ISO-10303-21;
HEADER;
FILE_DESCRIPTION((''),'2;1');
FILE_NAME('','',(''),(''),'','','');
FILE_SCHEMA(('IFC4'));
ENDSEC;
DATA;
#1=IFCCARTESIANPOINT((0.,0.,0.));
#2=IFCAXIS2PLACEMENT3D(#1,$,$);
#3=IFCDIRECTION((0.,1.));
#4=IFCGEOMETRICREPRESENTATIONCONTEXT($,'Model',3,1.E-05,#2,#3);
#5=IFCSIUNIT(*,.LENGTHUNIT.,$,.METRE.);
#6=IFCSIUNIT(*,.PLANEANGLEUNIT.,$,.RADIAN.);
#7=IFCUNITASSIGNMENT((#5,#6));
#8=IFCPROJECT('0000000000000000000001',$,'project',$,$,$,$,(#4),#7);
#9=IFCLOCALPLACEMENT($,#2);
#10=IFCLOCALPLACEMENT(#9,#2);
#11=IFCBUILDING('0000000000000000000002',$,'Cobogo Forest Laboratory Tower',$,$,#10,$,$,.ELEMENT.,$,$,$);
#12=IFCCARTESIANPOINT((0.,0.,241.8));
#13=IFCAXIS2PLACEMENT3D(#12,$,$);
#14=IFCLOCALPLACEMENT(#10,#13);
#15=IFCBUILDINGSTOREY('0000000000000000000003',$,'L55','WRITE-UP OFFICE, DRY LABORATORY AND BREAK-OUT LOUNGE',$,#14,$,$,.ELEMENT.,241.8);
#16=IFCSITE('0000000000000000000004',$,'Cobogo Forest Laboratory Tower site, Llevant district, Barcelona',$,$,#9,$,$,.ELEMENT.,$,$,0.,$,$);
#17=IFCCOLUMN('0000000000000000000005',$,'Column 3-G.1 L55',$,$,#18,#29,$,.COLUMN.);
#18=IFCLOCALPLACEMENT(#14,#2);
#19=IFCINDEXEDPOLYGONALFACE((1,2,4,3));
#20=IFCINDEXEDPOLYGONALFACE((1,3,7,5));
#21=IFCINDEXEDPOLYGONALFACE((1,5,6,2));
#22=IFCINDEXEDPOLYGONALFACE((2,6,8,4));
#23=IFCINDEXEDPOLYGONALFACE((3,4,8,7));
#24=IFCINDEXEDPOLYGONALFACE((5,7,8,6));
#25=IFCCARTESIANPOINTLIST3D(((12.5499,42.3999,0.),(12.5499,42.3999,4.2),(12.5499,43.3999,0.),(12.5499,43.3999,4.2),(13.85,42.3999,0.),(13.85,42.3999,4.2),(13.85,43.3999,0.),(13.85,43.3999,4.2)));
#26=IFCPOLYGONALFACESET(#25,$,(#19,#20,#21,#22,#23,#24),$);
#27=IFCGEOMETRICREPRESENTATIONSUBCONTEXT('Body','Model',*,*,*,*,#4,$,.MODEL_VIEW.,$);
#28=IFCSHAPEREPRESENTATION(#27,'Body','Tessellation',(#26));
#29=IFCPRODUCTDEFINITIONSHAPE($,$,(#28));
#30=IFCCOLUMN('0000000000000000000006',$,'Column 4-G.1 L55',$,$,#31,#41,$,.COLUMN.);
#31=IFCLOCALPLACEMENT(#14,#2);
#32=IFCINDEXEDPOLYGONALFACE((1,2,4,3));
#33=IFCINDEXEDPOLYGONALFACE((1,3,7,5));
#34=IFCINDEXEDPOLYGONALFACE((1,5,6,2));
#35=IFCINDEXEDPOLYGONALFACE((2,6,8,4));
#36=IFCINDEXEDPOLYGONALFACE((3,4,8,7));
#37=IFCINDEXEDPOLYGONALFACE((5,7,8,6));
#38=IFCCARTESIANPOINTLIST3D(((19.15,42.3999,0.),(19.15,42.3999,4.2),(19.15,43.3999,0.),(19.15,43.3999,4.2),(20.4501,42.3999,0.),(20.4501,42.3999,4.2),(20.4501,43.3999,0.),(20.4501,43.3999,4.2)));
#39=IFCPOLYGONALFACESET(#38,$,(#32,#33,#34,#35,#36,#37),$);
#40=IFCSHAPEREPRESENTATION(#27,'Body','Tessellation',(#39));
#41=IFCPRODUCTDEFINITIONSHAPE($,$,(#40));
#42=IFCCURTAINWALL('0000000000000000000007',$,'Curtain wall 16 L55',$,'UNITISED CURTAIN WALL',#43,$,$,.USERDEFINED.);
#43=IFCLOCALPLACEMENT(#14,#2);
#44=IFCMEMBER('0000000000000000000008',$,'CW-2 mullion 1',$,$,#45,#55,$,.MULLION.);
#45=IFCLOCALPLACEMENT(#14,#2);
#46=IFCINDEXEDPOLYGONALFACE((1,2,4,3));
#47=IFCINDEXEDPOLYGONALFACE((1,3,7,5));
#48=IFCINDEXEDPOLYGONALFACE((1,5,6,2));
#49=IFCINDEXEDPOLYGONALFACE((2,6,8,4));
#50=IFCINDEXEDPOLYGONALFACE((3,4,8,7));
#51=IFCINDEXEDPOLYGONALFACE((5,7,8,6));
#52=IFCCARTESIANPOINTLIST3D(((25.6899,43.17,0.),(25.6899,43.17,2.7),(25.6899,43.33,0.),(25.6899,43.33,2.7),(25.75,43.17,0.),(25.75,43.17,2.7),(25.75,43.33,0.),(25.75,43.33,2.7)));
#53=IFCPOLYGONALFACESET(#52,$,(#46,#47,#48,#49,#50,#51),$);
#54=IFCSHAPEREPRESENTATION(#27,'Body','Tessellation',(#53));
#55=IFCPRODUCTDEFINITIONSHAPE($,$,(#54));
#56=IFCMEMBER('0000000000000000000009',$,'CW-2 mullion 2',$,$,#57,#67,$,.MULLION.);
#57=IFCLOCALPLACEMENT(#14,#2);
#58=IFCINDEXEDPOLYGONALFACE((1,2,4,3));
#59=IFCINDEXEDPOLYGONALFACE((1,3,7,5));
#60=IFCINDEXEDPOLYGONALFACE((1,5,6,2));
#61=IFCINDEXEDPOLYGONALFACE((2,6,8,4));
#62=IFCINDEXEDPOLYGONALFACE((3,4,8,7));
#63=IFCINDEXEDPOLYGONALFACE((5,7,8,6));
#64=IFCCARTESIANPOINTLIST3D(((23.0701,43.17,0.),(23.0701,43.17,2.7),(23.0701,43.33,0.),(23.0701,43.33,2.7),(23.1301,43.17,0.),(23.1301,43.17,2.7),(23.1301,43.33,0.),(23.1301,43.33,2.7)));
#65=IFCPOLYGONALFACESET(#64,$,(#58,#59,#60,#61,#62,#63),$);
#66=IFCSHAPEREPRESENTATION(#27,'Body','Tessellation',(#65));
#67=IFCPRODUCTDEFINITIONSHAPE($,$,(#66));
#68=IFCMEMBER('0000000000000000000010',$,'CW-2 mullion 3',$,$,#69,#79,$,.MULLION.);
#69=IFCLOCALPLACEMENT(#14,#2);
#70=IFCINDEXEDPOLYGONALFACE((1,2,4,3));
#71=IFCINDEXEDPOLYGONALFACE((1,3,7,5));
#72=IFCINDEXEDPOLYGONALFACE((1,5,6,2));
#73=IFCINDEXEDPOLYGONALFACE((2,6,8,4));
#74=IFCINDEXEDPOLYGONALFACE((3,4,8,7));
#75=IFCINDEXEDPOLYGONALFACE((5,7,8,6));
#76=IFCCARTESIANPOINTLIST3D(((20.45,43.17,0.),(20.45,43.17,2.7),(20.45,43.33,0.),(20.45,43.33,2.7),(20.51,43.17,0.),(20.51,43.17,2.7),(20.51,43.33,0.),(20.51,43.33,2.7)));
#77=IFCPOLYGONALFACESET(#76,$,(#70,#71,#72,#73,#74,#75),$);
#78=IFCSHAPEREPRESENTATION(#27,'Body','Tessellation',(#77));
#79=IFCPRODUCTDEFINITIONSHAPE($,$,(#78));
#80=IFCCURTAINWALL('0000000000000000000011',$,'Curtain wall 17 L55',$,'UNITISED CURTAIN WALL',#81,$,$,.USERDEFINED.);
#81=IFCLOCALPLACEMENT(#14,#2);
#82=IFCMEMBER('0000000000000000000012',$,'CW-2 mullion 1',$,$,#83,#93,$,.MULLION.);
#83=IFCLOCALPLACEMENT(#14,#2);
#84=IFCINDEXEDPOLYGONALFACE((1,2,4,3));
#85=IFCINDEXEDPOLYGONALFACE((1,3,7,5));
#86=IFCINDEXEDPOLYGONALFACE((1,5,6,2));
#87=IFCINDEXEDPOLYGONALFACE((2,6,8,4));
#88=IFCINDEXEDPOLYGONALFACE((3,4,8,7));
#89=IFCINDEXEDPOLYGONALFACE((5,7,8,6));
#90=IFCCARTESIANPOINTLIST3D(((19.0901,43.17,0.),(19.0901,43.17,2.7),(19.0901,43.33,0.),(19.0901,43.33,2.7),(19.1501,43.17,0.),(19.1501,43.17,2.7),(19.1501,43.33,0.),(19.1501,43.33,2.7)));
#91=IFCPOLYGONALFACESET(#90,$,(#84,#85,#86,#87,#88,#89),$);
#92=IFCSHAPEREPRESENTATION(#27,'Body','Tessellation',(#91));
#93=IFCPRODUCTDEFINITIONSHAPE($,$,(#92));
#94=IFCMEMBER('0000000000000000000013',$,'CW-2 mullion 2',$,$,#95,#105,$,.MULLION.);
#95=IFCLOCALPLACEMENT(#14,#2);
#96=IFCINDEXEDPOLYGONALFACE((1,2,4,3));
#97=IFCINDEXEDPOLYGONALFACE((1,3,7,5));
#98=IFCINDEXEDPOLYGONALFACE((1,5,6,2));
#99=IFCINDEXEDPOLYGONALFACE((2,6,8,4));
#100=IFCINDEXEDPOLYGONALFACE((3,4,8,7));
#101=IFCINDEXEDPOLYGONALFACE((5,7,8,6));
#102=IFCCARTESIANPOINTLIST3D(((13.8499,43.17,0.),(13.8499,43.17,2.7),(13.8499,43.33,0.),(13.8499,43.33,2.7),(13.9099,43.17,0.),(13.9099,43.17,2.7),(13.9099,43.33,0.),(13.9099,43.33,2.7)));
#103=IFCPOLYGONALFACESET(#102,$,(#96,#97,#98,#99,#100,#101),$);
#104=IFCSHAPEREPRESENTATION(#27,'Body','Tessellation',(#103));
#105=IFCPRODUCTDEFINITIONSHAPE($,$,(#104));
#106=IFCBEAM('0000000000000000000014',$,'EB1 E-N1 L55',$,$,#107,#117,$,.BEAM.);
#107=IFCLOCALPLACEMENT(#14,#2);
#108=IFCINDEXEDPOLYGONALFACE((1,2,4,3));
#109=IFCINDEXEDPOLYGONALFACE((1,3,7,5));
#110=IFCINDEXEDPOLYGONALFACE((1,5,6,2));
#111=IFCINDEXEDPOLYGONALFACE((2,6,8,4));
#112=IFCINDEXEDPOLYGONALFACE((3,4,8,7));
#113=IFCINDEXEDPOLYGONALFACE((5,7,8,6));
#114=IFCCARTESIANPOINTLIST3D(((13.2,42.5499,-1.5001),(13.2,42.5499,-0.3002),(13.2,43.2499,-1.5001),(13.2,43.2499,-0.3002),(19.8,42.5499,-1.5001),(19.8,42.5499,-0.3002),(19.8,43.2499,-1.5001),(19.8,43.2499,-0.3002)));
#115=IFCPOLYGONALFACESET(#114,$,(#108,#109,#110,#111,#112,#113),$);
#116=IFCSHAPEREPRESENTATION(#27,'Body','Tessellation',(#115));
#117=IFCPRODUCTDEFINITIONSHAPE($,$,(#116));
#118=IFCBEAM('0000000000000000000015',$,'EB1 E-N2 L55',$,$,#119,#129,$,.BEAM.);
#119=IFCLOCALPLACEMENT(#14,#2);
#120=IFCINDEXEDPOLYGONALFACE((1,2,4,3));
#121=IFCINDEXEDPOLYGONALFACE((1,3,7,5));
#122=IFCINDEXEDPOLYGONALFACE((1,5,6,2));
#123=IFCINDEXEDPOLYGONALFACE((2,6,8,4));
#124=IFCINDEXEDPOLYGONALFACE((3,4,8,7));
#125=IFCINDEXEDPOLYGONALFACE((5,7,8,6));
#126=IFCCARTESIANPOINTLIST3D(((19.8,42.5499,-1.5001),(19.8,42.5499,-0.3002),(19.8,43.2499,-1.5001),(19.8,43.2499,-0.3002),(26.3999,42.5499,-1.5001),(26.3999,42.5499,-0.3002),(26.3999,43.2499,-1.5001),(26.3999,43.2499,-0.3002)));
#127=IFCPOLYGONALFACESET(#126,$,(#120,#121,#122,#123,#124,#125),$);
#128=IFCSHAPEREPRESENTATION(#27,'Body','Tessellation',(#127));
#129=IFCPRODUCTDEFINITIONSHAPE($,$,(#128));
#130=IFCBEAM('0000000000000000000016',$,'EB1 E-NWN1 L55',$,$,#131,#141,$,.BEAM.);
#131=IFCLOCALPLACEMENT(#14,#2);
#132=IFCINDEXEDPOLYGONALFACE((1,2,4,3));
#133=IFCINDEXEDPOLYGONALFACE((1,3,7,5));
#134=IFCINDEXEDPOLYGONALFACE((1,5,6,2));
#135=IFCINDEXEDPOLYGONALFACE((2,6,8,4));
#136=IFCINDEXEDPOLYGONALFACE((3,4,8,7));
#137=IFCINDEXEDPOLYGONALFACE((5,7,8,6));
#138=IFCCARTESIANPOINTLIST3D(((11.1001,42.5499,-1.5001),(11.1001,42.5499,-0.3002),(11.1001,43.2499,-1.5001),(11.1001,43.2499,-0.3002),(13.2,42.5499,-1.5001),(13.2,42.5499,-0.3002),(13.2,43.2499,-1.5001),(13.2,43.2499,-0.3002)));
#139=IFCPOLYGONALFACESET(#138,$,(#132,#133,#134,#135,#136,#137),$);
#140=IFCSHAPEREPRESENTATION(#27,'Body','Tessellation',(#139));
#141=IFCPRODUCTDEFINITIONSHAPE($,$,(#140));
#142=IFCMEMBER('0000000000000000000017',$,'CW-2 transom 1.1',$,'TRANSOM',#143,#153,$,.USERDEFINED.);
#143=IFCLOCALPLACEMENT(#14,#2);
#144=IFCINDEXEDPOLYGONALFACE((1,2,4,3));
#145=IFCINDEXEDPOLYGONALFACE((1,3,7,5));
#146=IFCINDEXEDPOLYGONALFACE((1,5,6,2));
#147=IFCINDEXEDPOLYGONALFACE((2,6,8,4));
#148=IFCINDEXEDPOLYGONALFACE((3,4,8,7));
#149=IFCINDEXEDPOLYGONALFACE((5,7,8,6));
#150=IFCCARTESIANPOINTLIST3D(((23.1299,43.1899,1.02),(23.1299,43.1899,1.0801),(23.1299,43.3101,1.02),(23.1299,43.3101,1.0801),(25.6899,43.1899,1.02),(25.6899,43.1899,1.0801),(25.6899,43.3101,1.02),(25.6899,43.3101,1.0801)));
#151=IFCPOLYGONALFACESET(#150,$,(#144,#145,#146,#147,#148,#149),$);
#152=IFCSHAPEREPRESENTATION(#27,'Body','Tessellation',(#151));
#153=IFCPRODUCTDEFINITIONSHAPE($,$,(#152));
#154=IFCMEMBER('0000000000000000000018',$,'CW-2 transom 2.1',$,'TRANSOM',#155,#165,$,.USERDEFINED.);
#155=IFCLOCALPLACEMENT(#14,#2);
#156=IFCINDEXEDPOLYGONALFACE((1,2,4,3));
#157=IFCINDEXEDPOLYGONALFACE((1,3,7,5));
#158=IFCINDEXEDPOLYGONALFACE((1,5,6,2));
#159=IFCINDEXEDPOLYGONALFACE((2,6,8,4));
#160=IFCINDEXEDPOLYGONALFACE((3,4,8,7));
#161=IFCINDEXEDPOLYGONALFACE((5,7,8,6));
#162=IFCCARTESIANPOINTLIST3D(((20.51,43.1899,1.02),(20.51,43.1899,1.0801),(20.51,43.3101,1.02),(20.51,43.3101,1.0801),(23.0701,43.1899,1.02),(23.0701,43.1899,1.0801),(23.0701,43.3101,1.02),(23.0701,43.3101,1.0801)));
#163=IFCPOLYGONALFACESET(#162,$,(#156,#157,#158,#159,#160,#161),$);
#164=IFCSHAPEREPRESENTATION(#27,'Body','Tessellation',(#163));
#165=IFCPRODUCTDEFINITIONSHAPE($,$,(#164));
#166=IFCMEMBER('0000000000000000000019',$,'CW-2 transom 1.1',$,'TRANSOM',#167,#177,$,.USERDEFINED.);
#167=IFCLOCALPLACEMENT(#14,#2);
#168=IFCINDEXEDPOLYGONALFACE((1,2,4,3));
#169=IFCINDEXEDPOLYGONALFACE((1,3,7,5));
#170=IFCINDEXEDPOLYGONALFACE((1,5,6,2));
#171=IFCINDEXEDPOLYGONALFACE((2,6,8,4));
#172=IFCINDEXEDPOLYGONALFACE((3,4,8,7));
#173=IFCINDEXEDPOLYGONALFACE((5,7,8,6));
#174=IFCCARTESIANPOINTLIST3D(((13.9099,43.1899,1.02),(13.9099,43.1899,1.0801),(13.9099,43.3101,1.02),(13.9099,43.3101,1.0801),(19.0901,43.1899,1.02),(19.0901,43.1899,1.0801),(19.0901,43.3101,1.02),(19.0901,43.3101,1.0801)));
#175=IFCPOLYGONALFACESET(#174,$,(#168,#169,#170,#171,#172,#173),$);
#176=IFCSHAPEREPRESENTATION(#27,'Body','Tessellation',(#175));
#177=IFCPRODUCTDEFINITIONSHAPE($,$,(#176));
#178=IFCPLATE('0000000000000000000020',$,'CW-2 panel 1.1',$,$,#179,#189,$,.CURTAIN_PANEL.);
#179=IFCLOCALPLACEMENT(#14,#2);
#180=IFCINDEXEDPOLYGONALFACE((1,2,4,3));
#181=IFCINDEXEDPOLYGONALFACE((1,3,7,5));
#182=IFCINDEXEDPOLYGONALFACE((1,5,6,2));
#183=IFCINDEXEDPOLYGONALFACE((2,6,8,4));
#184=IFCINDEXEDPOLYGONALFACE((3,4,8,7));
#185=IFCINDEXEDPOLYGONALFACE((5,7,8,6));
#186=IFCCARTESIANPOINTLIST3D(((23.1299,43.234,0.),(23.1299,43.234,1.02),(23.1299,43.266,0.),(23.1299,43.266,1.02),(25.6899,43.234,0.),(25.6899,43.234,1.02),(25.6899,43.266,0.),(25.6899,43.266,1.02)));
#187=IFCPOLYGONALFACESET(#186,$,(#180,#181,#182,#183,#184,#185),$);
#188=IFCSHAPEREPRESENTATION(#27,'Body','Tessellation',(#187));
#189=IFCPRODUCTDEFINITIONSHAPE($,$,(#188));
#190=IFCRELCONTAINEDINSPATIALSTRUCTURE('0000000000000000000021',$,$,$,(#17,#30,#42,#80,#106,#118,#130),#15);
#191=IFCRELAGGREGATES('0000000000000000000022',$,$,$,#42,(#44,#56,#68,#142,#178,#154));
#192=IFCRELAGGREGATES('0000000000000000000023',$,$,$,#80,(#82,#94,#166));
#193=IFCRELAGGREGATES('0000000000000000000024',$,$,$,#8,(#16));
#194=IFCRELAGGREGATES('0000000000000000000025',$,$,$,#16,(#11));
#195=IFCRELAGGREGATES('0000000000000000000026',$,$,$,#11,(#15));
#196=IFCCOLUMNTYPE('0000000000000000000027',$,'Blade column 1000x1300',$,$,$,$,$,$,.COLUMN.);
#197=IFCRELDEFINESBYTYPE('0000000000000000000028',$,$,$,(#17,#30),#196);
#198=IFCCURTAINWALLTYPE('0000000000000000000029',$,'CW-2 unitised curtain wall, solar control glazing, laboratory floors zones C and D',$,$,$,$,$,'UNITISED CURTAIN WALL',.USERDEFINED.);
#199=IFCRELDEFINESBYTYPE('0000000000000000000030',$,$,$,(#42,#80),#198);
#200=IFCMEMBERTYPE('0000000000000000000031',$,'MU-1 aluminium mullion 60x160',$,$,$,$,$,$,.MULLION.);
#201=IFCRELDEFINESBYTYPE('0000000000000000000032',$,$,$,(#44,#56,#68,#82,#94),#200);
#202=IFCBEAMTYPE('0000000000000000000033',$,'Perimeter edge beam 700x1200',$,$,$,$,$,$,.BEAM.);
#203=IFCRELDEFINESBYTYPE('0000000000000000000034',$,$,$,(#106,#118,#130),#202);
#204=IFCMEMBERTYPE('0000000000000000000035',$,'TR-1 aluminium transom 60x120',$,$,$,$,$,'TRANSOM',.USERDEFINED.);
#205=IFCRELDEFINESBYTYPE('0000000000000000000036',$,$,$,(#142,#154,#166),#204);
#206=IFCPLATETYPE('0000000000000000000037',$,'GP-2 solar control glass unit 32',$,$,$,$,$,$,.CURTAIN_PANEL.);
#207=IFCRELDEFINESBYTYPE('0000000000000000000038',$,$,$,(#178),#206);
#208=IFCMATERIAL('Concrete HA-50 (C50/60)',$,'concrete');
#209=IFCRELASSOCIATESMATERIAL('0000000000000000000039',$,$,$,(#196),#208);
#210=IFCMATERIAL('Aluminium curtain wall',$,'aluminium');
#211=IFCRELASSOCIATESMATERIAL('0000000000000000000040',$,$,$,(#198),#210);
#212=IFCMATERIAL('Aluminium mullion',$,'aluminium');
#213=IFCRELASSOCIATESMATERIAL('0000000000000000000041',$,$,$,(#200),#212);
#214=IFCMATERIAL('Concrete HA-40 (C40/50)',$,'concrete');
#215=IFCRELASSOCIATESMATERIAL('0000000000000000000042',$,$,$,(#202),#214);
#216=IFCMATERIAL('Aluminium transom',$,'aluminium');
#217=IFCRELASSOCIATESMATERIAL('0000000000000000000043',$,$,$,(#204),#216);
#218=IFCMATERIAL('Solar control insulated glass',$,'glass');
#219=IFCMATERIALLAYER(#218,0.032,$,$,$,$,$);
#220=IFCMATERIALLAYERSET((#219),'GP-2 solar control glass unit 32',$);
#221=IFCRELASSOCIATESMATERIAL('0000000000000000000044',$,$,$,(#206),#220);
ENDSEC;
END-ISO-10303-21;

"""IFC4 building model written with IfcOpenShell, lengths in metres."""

from ifc_helpers import new_model, si_unit, direction, frame, origin, origin_2d, place, context, subcontext, project, spatial, rectangle, extrude, material, layer, layer_set, material_profile, profile_set, type_object, element, aggregate, save


model = new_model("IFC4")

# Units and contexts
model_context = context("Model", 3, precision=1e-05, world=origin(), true_north=direction((0.0, 1.0)))
body_context = subcontext(model_context, "Body", "Model", "MODEL_VIEW")
ifc_project = project(units=[si_unit("LENGTHUNIT", "METRE"), si_unit("PLANEANGLEUNIT", "RADIAN")], contexts=[model_context])

# Site, building, storey
site_placement = place(None, origin())
site = spatial("IfcSite", under=ifc_project, at=site_placement, Name="Cobogo Forest Laboratory Tower site, Llevant district, Barcelona", CompositionType="ELEMENT", RefElevation=0.0)
building_placement = place(site_placement, origin())
building = spatial("IfcBuilding", under=site, at=building_placement, Name="Cobogo Forest Laboratory Tower", CompositionType="ELEMENT")
storey_placement = place(building_placement, frame((0.0, 0.0, 241.8)))
storey = spatial("IfcBuildingStorey", under=building, at=storey_placement, Name="L55", Description="WRITE-UP OFFICE, DRY LABORATORY AND BREAK-OUT LOUNGE", CompositionType="ELEMENT", Elevation=241.8)

# Columns
ifc_material_1 = material(Name="Concrete HA-50 (C50/60)", Category="concrete")
ifc_material_profile_1 = material_profile(ifc_material_1, rectangle(XDim=1.3, YDim=1.0, at=origin_2d()), Name="RC 1000x1300")
ifc_profile_set_1 = profile_set([ifc_material_profile_1], Name="Concrete HA-50 (C50/60)")
column_type = type_object("IfcColumnType", Name="Blade column 1000x1300", PredefinedType="COLUMN", material=ifc_profile_set_1)
for number, where, z_axis, x_axis, name in (
    (1, (13.2, 42.8999, 0.0), (0.0, 0.0, 1.0), (1.0, 0.0, 0.0), "Column 3-G.1 L55"),
    (2, (19.8, 42.8999, 0.0), (0.0, 0.0, 1.0), (1.0, 0.0, 0.0), "Column 4-G.1 L55"),
):
    element("IfcColumn", number, at=place(storey_placement, frame(where, z_axis=z_axis, x_axis=x_axis)), inside=storey, type_object=column_type, Name=name, PredefinedType="COLUMN", context=body_context, shape_type="SweptSolid", body=[
        extrude(rectangle(XDim=1.3, YDim=1.0, at=origin_2d()), origin(), (0.0, 0.0, 1.0), 4.2),
    ])

# Curtain walls, members
ifc_material_2 = material(Name="Aluminium curtain wall", Category="aluminium")
curtain_wall_type = type_object("IfcCurtainWallType", Name="CW-2 unitised curtain wall, solar control glazing, laboratory floors zones C and D", ElementType="UNITISED CURTAIN WALL", PredefinedType="USERDEFINED", material=ifc_material_2)
curtain_wall_1_placement = place(storey_placement, origin())
curtain_wall_1 = element("IfcCurtainWall", 3, at=curtain_wall_1_placement, inside=storey, type_object=curtain_wall_type, Name="Curtain wall 16 L55", ObjectType="UNITISED CURTAIN WALL", PredefinedType="USERDEFINED")
ifc_material_3 = material(Name="Aluminium mullion", Category="aluminium")
ifc_material_profile_2 = material_profile(ifc_material_3, rectangle(XDim=0.0601, YDim=0.1599, at=origin_2d()), Name="AL 60x160")
ifc_profile_set_2 = profile_set([ifc_material_profile_2], Name="Aluminium mullion")
member_type_1 = type_object("IfcMemberType", Name="MU-1 aluminium mullion 60x160", PredefinedType="MULLION", material=ifc_profile_set_2)
member_1_placement = place(storey_placement, frame((25.72, 43.25, 0.0), z_axis=(0.0, 0.0, 1.0), x_axis=(-1.0, 0.0, 0.0)))
member_1 = element("IfcMember", 4, at=member_1_placement, type_object=member_type_1, Name="CW-2 mullion 1", PredefinedType="MULLION", context=body_context, shape_type="SweptSolid", body=[
    extrude(rectangle(XDim=0.0601, YDim=0.1599, at=origin_2d()), origin(), (0.0, 0.0, 1.0), 2.7),
])
member_2_placement = place(storey_placement, frame((23.1001, 43.25, 0.0), z_axis=(0.0, 0.0, 1.0), x_axis=(-1.0, 0.0, 0.0)))
member_2 = element("IfcMember", 5, at=member_2_placement, type_object=member_type_1, Name="CW-2 mullion 2", PredefinedType="MULLION", context=body_context, shape_type="SweptSolid", body=[
    extrude(rectangle(XDim=0.0601, YDim=0.1599, at=origin_2d()), origin(), (0.0, 0.0, 1.0), 2.7),
])
member_3_placement = place(storey_placement, frame((20.48, 43.25, 0.0), z_axis=(0.0, 0.0, 1.0), x_axis=(-1.0, 0.0, 0.0)))
member_3 = element("IfcMember", 6, at=member_3_placement, type_object=member_type_1, Name="CW-2 mullion 3", PredefinedType="MULLION", context=body_context, shape_type="SweptSolid", body=[
    extrude(rectangle(XDim=0.0601, YDim=0.1599, at=origin_2d()), origin(), (0.0, 0.0, 1.0), 2.7),
])
curtain_wall_2_placement = place(storey_placement, origin())
curtain_wall_2 = element("IfcCurtainWall", 7, at=curtain_wall_2_placement, inside=storey, type_object=curtain_wall_type, Name="Curtain wall 17 L55", ObjectType="UNITISED CURTAIN WALL", PredefinedType="USERDEFINED")
member_4_placement = place(storey_placement, frame((19.1201, 43.25, 0.0), z_axis=(0.0, 0.0, 1.0), x_axis=(-1.0, 0.0, 0.0)))
member_4 = element("IfcMember", 8, at=member_4_placement, type_object=member_type_1, Name="CW-2 mullion 1", PredefinedType="MULLION", context=body_context, shape_type="SweptSolid", body=[
    extrude(rectangle(XDim=0.0601, YDim=0.1599, at=origin_2d()), origin(), (0.0, 0.0, 1.0), 2.7),
])
member_5_placement = place(storey_placement, frame((13.8799, 43.25, 0.0), z_axis=(0.0, 0.0, 1.0), x_axis=(-1.0, 0.0, 0.0)))
member_5 = element("IfcMember", 9, at=member_5_placement, type_object=member_type_1, Name="CW-2 mullion 2", PredefinedType="MULLION", context=body_context, shape_type="SweptSolid", body=[
    extrude(rectangle(XDim=0.0601, YDim=0.1599, at=origin_2d()), origin(), (0.0, 0.0, 1.0), 2.7),
])

# Beams
ifc_material_4 = material(Name="Concrete HA-40 (C40/50)", Category="concrete")
ifc_material_profile_3 = material_profile(ifc_material_4, rectangle(XDim=0.7, YDim=1.2, at=origin_2d()), Name="RC 700x1200")
ifc_profile_set_3 = profile_set([ifc_material_profile_3], Name="Concrete HA-40 (C40/50)")
beam_type = type_object("IfcBeamType", Name="Perimeter edge beam 700x1200", PredefinedType="BEAM", material=ifc_profile_set_3)
beam_1_placement = place(storey_placement, frame((13.2, 42.8999, -0.9001), z_axis=(1.0, 0.0, 0.0), x_axis=(0.0, 1.0, 0.0)))
element("IfcBeam", 10, at=beam_1_placement, inside=storey, type_object=beam_type, Name="EB1 E-N1 L55", PredefinedType="BEAM", context=body_context, shape_type="SweptSolid", body=[
    extrude(rectangle(XDim=0.7, YDim=1.2, at=origin_2d()), origin(), (0.0, 0.0, 1.0), 6.6001),
])
beam_2_placement = place(storey_placement, frame((19.8, 42.8999, -0.9001), z_axis=(1.0, 0.0, 0.0), x_axis=(0.0, 1.0, 0.0)))
element("IfcBeam", 11, at=beam_2_placement, inside=storey, type_object=beam_type, Name="EB1 E-N2 L55", PredefinedType="BEAM", context=body_context, shape_type="SweptSolid", body=[
    extrude(rectangle(XDim=0.7, YDim=1.2, at=origin_2d()), origin(), (0.0, 0.0, 1.0), 6.5999),
])
beam_3_placement = place(storey_placement, frame((13.2, 42.8999, -0.9001), z_axis=(-1.0, 0.0, 0.0), x_axis=(0.0, -1.0, 0.0)))
element("IfcBeam", 12, at=beam_3_placement, inside=storey, type_object=beam_type, Name="EB1 E-NWN1 L55", PredefinedType="BEAM", context=body_context, shape_type="SweptSolid", body=[
    extrude(rectangle(XDim=0.7, YDim=1.2, at=origin_2d()), origin(), (0.0, 0.0, 1.0), 2.0999),
])

# Members
ifc_material_5 = material(Name="Aluminium transom", Category="aluminium")
ifc_material_profile_4 = material_profile(ifc_material_5, rectangle(XDim=0.1201, YDim=0.0601, at=origin_2d()), Name="AL 60x120")
ifc_profile_set_4 = profile_set([ifc_material_profile_4], Name="Aluminium transom")
member_type_2 = type_object("IfcMemberType", Name="TR-1 aluminium transom 60x120", ElementType="TRANSOM", PredefinedType="USERDEFINED", material=ifc_profile_set_4)
member_6_placement = place(storey_placement, frame((25.6899, 43.25, 1.05), z_axis=(-1.0, 0.0, 0.0), x_axis=(0.0, -1.0, 0.0)))
member_6 = element("IfcMember", 13, at=member_6_placement, type_object=member_type_2, Name="CW-2 transom 1.1", ObjectType="TRANSOM", PredefinedType="USERDEFINED", context=body_context, shape_type="SweptSolid", body=[
    extrude(rectangle(XDim=0.1201, YDim=0.0601, at=origin_2d()), origin(), (0.0, 0.0, 1.0), 2.5601),
])
member_7_placement = place(storey_placement, frame((23.0701, 43.25, 1.05), z_axis=(-1.0, 0.0, 0.0), x_axis=(0.0, -1.0, 0.0)))
member_7 = element("IfcMember", 14, at=member_7_placement, type_object=member_type_2, Name="CW-2 transom 2.1", ObjectType="TRANSOM", PredefinedType="USERDEFINED", context=body_context, shape_type="SweptSolid", body=[
    extrude(rectangle(XDim=0.1201, YDim=0.0601, at=origin_2d()), origin(), (0.0, 0.0, 1.0), 2.5601),
])
member_8_placement = place(storey_placement, frame((19.0901, 43.25, 1.05), z_axis=(-1.0, 0.0, 0.0), x_axis=(0.0, -1.0, 0.0)))
member_8 = element("IfcMember", 15, at=member_8_placement, type_object=member_type_2, Name="CW-2 transom 1.1", ObjectType="TRANSOM", PredefinedType="USERDEFINED", context=body_context, shape_type="SweptSolid", body=[
    extrude(rectangle(XDim=0.1201, YDim=0.0601, at=origin_2d()), origin(), (0.0, 0.0, 1.0), 5.1802),
])

# Plate
ifc_material_6 = material(Name="Solar control insulated glass", Category="glass")
ifc_layer_1 = layer(ifc_material_6, 0.032)
ifc_layer_set_1 = layer_set([ifc_layer_1], Name="GP-2 solar control glass unit 32")
plate_type_1 = type_object("IfcPlateType", Name="GP-2 solar control glass unit 32", PredefinedType="CURTAIN_PANEL", material=ifc_layer_set_1)
plate_1_placement = place(storey_placement, frame((24.4099, 43.25, 0.0), z_axis=(0.0, 0.0, 1.0), x_axis=(-1.0, 0.0, 0.0)))
plate_1 = element("IfcPlate", 16, at=plate_1_placement, type_object=plate_type_1, Name="CW-2 panel 1.1", PredefinedType="CURTAIN_PANEL", context=body_context, shape_type="SweptSolid", body=[
    extrude(rectangle(XDim=2.5601, YDim=0.032, at=origin_2d()), origin(), (0.0, 0.0, 1.0), 1.02),
])
aggregate(curtain_wall_1, [member_1, member_2, member_3, member_6, plate_1, member_7])
aggregate(curtain_wall_2, [member_4, member_5, member_8])

save(model, "model.ifc")
